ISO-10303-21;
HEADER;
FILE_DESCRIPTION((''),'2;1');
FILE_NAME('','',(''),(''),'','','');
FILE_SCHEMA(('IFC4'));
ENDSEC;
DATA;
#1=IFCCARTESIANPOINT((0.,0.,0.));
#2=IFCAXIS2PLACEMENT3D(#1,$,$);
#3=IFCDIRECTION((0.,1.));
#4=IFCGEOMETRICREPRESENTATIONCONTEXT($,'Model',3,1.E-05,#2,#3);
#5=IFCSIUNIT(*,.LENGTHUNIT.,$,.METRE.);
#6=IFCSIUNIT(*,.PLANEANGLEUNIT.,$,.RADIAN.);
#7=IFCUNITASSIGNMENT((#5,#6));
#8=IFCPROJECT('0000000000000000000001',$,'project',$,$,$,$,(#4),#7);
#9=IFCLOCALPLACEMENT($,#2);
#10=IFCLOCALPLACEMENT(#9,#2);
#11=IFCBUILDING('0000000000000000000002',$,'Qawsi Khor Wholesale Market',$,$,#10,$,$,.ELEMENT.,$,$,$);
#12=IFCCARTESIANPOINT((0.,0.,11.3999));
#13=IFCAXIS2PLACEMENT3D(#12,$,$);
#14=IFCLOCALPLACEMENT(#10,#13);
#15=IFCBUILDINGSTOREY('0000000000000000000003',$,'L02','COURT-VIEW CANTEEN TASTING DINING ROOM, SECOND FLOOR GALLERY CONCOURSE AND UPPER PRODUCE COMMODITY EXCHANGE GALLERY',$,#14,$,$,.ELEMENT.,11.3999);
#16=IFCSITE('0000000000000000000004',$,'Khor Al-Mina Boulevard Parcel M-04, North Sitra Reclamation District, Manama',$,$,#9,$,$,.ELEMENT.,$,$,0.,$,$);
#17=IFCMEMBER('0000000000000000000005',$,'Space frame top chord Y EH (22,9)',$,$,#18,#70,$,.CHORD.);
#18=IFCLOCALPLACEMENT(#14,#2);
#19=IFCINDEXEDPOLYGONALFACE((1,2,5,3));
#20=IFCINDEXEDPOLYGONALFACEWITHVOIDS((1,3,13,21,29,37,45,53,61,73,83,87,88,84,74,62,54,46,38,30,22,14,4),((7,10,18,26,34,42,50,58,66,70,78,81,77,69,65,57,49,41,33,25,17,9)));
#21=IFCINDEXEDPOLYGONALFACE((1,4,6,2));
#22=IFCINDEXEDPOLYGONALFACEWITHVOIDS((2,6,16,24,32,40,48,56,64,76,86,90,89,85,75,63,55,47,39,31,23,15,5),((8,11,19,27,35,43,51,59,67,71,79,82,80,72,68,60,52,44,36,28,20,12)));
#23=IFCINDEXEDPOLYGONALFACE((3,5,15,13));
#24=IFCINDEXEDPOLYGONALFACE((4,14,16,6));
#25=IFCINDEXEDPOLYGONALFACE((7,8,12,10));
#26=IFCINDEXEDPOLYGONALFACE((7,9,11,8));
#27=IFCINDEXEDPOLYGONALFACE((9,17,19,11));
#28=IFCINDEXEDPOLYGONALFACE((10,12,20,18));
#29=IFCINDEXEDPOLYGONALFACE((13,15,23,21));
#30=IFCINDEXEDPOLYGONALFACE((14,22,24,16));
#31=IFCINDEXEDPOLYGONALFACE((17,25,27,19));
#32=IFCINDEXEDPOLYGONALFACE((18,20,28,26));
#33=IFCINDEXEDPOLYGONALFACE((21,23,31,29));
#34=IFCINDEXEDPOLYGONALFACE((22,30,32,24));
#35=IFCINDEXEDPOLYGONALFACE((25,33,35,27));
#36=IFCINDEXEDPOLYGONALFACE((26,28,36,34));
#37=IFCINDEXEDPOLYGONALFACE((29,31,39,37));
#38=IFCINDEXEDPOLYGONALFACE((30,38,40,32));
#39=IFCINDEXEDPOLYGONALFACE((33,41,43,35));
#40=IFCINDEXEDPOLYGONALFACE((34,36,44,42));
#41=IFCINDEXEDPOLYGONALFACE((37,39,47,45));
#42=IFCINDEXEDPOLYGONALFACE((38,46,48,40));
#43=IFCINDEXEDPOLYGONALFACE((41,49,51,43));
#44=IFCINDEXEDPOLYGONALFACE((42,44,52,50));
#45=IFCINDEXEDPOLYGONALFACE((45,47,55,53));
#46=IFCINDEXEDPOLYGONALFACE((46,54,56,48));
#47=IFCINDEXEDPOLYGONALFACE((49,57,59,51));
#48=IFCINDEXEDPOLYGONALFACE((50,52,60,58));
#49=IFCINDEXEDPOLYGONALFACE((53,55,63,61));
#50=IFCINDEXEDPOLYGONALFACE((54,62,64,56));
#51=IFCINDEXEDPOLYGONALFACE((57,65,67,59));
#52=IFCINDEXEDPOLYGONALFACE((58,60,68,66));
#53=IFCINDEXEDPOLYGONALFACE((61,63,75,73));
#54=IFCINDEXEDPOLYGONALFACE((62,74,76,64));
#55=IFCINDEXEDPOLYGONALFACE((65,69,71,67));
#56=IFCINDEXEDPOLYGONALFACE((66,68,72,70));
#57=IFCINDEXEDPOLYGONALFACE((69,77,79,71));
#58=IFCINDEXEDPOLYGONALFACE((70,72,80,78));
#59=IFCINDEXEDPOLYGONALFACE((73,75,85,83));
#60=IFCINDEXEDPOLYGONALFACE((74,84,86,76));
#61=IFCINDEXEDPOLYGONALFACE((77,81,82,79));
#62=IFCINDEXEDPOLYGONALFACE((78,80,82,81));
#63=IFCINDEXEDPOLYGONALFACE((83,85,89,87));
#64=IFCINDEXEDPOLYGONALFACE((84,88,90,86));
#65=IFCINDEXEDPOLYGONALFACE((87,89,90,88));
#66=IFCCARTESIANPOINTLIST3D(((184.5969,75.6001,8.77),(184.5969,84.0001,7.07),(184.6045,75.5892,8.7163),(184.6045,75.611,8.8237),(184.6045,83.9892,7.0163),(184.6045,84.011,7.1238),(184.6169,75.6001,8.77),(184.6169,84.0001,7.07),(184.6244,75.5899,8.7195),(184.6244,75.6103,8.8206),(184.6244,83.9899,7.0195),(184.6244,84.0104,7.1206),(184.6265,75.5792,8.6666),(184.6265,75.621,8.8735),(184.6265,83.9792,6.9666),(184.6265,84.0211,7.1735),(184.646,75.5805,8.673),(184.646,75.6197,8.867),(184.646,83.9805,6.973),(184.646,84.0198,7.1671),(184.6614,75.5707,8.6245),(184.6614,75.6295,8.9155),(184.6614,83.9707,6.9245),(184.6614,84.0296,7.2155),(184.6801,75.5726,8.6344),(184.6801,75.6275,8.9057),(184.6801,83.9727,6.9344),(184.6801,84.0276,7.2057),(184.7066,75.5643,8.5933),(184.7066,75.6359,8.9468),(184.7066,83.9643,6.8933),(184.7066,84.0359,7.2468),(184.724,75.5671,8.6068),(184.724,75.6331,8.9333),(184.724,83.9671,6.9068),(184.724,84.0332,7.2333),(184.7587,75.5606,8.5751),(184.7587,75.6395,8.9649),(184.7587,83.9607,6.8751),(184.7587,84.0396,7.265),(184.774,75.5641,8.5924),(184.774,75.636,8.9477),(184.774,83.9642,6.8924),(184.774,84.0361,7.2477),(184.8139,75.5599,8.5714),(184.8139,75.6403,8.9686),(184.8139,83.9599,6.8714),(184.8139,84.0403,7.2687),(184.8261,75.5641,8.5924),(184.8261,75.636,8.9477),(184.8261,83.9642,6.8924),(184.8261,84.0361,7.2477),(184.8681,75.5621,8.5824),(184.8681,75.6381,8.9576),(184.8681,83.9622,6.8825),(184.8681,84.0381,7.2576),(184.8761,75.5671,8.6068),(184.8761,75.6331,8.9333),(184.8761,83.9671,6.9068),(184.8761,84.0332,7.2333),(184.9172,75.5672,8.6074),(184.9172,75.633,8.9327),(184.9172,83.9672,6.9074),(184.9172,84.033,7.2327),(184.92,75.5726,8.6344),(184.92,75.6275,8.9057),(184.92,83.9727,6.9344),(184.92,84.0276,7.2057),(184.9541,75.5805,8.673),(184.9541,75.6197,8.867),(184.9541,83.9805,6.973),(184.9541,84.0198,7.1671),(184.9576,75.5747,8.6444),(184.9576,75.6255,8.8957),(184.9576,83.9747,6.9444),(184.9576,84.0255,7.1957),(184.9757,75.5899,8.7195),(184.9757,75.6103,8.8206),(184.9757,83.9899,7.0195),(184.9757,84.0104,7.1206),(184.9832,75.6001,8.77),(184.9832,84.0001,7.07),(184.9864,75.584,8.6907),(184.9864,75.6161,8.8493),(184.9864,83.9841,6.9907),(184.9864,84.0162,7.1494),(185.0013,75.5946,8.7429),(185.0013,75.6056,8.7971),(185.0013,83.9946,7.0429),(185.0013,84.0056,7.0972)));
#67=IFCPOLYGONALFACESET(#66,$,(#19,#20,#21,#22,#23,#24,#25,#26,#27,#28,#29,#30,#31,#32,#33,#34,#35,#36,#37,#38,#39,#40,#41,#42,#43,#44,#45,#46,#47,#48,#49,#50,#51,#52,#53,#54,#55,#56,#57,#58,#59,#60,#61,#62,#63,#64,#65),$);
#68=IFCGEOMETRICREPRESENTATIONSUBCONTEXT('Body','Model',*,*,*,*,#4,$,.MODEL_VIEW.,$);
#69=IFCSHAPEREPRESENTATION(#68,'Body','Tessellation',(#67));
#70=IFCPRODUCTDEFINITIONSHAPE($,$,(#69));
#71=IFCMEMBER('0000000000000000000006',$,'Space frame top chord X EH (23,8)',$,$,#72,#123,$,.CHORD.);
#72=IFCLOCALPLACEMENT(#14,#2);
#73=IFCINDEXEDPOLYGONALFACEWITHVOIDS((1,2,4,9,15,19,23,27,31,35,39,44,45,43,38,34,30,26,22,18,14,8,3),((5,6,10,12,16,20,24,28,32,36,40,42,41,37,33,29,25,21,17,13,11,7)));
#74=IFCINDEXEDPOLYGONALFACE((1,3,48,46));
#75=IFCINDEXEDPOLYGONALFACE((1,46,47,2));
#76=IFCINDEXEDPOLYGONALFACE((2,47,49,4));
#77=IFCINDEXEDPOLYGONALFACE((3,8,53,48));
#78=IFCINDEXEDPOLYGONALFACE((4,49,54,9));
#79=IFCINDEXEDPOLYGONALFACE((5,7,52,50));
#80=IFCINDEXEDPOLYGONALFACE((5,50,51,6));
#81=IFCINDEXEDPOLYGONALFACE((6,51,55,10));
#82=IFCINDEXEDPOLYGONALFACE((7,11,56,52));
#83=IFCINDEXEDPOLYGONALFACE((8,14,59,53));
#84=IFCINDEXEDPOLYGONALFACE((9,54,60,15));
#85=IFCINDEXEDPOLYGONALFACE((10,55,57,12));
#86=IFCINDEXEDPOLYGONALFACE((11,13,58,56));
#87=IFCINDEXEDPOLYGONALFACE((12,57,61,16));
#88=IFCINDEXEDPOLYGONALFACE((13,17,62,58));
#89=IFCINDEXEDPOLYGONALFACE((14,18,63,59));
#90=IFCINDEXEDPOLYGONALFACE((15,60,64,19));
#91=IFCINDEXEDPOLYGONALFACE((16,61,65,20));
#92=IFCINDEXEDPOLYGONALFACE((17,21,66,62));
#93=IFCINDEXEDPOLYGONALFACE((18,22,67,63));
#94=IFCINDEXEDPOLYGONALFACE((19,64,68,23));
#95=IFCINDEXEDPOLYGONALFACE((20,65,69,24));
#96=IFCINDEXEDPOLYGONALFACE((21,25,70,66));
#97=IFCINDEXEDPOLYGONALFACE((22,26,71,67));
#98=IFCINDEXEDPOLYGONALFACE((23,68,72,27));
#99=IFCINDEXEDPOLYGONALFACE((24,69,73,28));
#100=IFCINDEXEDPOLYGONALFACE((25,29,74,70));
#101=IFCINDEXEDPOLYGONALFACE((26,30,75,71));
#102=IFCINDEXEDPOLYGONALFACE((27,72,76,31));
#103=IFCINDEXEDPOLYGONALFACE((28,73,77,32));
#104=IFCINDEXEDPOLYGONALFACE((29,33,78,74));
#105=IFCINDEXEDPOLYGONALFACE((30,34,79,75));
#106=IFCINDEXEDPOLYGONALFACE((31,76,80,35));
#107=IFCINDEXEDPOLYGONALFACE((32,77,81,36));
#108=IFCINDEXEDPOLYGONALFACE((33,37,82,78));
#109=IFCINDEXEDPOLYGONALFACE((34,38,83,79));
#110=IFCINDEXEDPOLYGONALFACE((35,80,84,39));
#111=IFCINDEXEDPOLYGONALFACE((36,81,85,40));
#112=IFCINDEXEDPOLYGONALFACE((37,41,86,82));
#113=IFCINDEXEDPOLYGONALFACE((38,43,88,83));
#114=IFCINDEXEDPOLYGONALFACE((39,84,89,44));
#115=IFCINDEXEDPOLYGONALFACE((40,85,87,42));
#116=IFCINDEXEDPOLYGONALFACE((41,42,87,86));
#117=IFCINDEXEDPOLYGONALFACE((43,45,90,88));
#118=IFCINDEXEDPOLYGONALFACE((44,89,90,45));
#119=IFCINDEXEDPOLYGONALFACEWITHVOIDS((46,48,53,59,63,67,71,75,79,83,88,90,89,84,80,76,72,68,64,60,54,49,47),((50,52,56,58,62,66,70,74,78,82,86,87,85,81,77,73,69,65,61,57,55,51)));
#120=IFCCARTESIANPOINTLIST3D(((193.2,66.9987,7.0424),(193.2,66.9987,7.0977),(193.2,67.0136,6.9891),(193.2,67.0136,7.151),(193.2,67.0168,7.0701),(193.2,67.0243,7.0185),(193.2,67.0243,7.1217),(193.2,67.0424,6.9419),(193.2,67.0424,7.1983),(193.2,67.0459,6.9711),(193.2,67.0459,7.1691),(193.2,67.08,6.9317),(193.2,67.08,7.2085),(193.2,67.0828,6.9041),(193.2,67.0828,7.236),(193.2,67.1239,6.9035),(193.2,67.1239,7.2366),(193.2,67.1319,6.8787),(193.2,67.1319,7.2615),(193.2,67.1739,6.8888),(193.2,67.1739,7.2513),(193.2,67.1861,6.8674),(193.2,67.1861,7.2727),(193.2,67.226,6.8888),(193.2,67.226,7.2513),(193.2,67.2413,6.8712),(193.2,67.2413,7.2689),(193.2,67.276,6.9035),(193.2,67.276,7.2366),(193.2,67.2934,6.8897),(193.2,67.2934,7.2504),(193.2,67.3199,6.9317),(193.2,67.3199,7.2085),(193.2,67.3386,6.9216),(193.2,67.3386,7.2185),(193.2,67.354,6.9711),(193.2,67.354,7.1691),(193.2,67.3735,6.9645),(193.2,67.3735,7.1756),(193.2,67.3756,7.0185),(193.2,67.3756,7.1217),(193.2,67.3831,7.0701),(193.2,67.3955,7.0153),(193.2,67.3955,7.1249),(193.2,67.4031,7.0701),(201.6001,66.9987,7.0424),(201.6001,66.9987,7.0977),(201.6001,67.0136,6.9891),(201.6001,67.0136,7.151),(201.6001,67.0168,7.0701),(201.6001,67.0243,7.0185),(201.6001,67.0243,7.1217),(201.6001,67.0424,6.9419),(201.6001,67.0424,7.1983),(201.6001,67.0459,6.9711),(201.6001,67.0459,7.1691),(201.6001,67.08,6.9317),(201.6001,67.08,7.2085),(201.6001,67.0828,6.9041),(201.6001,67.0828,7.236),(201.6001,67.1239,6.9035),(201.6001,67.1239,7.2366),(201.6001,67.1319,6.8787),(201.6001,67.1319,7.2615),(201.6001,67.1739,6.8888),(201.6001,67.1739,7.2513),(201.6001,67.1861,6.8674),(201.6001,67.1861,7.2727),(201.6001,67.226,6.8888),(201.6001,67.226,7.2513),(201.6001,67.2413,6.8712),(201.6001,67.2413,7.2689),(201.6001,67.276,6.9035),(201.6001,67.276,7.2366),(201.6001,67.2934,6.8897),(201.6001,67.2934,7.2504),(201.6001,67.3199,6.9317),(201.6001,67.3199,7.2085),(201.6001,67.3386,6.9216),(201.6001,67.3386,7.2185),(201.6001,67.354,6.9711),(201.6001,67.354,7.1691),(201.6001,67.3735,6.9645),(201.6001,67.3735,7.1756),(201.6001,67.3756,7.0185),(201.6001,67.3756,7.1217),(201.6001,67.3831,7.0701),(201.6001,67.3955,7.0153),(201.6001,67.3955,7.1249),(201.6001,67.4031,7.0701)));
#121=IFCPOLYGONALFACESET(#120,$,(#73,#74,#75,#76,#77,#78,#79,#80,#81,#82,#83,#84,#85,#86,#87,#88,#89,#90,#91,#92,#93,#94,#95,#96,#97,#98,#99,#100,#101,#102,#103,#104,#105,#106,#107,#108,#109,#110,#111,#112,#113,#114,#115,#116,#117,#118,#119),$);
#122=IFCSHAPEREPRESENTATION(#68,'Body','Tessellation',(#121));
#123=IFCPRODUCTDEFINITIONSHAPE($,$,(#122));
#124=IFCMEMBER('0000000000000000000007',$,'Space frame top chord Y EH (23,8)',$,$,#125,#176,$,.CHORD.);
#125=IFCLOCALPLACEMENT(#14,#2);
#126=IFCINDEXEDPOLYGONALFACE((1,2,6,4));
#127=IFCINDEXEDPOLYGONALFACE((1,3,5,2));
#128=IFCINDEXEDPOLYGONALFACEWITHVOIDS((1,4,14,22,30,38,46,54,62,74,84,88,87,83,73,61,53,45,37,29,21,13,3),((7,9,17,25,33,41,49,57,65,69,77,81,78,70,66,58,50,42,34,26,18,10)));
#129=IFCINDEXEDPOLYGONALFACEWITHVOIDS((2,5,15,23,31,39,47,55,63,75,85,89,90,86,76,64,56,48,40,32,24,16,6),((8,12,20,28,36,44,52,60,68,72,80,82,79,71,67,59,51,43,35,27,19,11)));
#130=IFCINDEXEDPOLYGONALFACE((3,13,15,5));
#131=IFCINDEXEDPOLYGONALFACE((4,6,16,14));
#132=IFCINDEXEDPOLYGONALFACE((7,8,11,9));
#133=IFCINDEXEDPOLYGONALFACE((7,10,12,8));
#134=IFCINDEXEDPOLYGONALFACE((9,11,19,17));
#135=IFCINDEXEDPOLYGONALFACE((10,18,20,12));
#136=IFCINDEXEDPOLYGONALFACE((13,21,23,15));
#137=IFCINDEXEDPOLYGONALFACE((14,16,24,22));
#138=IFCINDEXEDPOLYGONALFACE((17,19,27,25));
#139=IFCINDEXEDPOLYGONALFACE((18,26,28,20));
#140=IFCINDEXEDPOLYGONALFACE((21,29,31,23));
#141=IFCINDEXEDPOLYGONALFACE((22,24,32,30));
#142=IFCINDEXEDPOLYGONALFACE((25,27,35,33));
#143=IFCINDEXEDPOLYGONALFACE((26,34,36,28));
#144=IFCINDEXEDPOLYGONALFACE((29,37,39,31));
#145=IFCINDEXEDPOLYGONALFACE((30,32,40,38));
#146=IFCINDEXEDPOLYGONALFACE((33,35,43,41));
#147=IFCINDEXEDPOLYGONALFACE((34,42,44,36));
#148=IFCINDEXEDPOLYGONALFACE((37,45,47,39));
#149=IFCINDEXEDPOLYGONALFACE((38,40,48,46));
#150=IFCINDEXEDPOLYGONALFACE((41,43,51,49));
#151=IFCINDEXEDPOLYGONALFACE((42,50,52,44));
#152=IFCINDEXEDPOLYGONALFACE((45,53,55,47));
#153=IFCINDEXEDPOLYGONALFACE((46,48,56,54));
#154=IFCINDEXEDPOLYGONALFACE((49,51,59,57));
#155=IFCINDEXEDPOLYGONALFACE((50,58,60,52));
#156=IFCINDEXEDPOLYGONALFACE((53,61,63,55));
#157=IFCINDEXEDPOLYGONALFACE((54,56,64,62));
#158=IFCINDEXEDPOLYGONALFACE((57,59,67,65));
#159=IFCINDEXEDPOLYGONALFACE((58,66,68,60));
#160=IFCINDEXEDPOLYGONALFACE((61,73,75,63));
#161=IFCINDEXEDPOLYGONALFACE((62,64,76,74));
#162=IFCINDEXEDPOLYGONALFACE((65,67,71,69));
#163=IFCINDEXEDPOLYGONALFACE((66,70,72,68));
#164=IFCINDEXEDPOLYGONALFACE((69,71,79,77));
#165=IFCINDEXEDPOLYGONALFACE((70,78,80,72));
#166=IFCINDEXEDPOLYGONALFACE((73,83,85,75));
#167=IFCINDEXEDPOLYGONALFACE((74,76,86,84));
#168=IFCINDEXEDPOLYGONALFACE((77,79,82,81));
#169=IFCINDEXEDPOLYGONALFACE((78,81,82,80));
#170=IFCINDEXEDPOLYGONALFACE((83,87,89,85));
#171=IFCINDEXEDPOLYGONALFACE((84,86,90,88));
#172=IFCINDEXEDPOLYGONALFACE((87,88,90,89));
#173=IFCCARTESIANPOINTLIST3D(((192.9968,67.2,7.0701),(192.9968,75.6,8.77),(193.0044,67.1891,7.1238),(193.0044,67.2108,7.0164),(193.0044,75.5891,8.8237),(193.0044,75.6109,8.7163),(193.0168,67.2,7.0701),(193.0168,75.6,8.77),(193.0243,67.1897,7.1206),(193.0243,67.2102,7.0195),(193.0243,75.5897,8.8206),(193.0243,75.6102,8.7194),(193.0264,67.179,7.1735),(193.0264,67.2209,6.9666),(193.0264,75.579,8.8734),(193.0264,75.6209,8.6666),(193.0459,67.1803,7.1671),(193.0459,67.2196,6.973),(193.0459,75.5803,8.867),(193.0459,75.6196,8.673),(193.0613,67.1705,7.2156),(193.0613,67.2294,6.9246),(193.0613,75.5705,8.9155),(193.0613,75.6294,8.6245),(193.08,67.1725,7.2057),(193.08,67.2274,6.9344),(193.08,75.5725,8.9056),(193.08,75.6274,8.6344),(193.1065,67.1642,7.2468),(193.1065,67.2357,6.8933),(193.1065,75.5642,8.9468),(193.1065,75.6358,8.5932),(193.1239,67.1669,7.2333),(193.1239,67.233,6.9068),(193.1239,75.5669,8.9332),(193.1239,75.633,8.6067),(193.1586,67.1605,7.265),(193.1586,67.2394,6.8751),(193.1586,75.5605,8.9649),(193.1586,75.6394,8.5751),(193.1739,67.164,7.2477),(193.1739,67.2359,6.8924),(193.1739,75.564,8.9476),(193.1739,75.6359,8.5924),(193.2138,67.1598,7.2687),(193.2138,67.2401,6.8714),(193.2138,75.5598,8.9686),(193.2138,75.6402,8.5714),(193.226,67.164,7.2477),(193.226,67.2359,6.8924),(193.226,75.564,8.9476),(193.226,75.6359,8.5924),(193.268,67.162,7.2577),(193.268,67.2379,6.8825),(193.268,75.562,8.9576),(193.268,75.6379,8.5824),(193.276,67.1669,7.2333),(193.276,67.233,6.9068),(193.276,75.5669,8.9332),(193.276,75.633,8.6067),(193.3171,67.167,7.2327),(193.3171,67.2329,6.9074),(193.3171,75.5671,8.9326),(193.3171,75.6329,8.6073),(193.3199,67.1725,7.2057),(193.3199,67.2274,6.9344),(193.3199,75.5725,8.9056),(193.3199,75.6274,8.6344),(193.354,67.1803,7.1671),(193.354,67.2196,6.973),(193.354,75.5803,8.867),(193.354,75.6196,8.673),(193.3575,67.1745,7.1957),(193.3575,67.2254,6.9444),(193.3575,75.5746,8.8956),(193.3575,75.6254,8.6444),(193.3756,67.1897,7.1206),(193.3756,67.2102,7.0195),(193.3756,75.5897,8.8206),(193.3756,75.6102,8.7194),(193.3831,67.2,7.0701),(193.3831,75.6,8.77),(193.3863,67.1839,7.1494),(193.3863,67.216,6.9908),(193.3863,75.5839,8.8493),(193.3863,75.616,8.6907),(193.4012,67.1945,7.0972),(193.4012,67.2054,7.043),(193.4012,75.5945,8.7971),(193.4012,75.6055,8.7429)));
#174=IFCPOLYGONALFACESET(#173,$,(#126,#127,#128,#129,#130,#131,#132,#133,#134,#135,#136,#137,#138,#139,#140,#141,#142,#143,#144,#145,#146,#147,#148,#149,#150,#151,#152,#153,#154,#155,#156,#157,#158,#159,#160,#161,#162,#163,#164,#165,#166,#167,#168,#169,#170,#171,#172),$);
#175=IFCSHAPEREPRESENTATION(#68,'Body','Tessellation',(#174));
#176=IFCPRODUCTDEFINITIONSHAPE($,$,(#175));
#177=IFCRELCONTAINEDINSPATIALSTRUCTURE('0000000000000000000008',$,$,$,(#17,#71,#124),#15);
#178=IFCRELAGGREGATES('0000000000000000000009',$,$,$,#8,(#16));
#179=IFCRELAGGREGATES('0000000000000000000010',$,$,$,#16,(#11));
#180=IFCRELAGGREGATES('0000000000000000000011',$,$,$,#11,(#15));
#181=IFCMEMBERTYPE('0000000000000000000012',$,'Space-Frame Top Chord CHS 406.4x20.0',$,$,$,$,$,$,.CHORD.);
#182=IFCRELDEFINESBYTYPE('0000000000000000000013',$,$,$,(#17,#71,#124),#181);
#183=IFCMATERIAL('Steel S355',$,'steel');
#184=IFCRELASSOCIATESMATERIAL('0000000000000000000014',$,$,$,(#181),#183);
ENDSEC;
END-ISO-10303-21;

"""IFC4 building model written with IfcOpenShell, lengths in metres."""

from ifc_helpers import new_model, si_unit, direction, frame, origin, origin_2d, place, context, subcontext, project, spatial, hollow_circle, extrude, material, material_profile, profile_set, type_object, element, save


model = new_model("IFC4")

# Units and contexts
model_context = context("Model", 3, precision=1e-05, world=origin(), true_north=direction((0.0, 1.0)))
body_context = subcontext(model_context, "Body", "Model", "MODEL_VIEW")
ifc_project = project(units=[si_unit("LENGTHUNIT", "METRE"), si_unit("PLANEANGLEUNIT", "RADIAN")], contexts=[model_context])

# Site, building, storey
site_placement = place(None, origin())
site = spatial("IfcSite", under=ifc_project, at=site_placement, Name="Khor Al-Mina Boulevard Parcel M-04, North Sitra Reclamation District, Manama", CompositionType="ELEMENT", RefElevation=0.0)
building_placement = place(site_placement, origin())
building = spatial("IfcBuilding", under=site, at=building_placement, Name="Qawsi Khor Wholesale Market", CompositionType="ELEMENT")
storey_placement = place(building_placement, frame((0.0, 0.0, 11.3999)))
storey = spatial("IfcBuildingStorey", under=building, at=storey_placement, Name="L02", Description="COURT-VIEW CANTEEN TASTING DINING ROOM, SECOND FLOOR GALLERY CONCOURSE AND UPPER PRODUCE COMMODITY EXCHANGE GALLERY", CompositionType="ELEMENT", Elevation=11.3999)

# Members
ifc_material_1 = material(Name="Steel S355", Category="steel")
ifc_material_profile_1 = material_profile(ifc_material_1, hollow_circle(Radius=0.2031, WallThickness=0.02, at=origin_2d()), Name="CHS 406.4x20.0")
ifc_profile_set_1 = profile_set([ifc_material_profile_1], Name="Steel S355")
member_type_1 = type_object("IfcMemberType", Name="Space-Frame Top Chord CHS 406.4x20.0", PredefinedType="CHORD", material=ifc_profile_set_1)
member_1_placement = place(storey_placement, frame((184.8, 75.6001, 8.77), z_axis=(0.0, 0.98013, -0.198356), x_axis=(-1.0, 0.0, 0.0)))
element("IfcMember", 1, at=member_1_placement, inside=storey, type_object=member_type_1, Name="Space frame top chord Y EH (22,9)", PredefinedType="CHORD", context=body_context, shape_type="SweptSolid", body=[
    extrude(hollow_circle(Radius=0.2031, WallThickness=0.02, at=origin_2d()), origin(), (0.0, 0.0, 1.0), 8.5703),
])
member_2_placement = place(storey_placement, frame((193.2, 67.2, 7.0701), z_axis=(1.0, 0.0, 0.0), x_axis=(0.0, 1.0, 0.0)))
element("IfcMember", 2, at=member_2_placement, inside=storey, type_object=member_type_1, Name="Space frame top chord X EH (23,8)", PredefinedType="CHORD", context=body_context, shape_type="SweptSolid", body=[
    extrude(hollow_circle(Radius=0.2031, WallThickness=0.02, at=origin_2d()), origin(), (0.0, 0.0, 1.0), 8.4001),
])
member_3_placement = place(storey_placement, frame((193.2, 67.2, 7.0701), z_axis=(0.0, 0.980131, 0.198351), x_axis=(-1.0, 0.0, 0.0)))
element("IfcMember", 3, at=member_3_placement, inside=storey, type_object=member_type_1, Name="Space frame top chord Y EH (23,8)", PredefinedType="CHORD", context=body_context, shape_type="SweptSolid", body=[
    extrude(hollow_circle(Radius=0.2031, WallThickness=0.02, at=origin_2d()), origin(), (0.0, 0.0, 1.0), 8.5703),
])

save(model, "model.ifc")
